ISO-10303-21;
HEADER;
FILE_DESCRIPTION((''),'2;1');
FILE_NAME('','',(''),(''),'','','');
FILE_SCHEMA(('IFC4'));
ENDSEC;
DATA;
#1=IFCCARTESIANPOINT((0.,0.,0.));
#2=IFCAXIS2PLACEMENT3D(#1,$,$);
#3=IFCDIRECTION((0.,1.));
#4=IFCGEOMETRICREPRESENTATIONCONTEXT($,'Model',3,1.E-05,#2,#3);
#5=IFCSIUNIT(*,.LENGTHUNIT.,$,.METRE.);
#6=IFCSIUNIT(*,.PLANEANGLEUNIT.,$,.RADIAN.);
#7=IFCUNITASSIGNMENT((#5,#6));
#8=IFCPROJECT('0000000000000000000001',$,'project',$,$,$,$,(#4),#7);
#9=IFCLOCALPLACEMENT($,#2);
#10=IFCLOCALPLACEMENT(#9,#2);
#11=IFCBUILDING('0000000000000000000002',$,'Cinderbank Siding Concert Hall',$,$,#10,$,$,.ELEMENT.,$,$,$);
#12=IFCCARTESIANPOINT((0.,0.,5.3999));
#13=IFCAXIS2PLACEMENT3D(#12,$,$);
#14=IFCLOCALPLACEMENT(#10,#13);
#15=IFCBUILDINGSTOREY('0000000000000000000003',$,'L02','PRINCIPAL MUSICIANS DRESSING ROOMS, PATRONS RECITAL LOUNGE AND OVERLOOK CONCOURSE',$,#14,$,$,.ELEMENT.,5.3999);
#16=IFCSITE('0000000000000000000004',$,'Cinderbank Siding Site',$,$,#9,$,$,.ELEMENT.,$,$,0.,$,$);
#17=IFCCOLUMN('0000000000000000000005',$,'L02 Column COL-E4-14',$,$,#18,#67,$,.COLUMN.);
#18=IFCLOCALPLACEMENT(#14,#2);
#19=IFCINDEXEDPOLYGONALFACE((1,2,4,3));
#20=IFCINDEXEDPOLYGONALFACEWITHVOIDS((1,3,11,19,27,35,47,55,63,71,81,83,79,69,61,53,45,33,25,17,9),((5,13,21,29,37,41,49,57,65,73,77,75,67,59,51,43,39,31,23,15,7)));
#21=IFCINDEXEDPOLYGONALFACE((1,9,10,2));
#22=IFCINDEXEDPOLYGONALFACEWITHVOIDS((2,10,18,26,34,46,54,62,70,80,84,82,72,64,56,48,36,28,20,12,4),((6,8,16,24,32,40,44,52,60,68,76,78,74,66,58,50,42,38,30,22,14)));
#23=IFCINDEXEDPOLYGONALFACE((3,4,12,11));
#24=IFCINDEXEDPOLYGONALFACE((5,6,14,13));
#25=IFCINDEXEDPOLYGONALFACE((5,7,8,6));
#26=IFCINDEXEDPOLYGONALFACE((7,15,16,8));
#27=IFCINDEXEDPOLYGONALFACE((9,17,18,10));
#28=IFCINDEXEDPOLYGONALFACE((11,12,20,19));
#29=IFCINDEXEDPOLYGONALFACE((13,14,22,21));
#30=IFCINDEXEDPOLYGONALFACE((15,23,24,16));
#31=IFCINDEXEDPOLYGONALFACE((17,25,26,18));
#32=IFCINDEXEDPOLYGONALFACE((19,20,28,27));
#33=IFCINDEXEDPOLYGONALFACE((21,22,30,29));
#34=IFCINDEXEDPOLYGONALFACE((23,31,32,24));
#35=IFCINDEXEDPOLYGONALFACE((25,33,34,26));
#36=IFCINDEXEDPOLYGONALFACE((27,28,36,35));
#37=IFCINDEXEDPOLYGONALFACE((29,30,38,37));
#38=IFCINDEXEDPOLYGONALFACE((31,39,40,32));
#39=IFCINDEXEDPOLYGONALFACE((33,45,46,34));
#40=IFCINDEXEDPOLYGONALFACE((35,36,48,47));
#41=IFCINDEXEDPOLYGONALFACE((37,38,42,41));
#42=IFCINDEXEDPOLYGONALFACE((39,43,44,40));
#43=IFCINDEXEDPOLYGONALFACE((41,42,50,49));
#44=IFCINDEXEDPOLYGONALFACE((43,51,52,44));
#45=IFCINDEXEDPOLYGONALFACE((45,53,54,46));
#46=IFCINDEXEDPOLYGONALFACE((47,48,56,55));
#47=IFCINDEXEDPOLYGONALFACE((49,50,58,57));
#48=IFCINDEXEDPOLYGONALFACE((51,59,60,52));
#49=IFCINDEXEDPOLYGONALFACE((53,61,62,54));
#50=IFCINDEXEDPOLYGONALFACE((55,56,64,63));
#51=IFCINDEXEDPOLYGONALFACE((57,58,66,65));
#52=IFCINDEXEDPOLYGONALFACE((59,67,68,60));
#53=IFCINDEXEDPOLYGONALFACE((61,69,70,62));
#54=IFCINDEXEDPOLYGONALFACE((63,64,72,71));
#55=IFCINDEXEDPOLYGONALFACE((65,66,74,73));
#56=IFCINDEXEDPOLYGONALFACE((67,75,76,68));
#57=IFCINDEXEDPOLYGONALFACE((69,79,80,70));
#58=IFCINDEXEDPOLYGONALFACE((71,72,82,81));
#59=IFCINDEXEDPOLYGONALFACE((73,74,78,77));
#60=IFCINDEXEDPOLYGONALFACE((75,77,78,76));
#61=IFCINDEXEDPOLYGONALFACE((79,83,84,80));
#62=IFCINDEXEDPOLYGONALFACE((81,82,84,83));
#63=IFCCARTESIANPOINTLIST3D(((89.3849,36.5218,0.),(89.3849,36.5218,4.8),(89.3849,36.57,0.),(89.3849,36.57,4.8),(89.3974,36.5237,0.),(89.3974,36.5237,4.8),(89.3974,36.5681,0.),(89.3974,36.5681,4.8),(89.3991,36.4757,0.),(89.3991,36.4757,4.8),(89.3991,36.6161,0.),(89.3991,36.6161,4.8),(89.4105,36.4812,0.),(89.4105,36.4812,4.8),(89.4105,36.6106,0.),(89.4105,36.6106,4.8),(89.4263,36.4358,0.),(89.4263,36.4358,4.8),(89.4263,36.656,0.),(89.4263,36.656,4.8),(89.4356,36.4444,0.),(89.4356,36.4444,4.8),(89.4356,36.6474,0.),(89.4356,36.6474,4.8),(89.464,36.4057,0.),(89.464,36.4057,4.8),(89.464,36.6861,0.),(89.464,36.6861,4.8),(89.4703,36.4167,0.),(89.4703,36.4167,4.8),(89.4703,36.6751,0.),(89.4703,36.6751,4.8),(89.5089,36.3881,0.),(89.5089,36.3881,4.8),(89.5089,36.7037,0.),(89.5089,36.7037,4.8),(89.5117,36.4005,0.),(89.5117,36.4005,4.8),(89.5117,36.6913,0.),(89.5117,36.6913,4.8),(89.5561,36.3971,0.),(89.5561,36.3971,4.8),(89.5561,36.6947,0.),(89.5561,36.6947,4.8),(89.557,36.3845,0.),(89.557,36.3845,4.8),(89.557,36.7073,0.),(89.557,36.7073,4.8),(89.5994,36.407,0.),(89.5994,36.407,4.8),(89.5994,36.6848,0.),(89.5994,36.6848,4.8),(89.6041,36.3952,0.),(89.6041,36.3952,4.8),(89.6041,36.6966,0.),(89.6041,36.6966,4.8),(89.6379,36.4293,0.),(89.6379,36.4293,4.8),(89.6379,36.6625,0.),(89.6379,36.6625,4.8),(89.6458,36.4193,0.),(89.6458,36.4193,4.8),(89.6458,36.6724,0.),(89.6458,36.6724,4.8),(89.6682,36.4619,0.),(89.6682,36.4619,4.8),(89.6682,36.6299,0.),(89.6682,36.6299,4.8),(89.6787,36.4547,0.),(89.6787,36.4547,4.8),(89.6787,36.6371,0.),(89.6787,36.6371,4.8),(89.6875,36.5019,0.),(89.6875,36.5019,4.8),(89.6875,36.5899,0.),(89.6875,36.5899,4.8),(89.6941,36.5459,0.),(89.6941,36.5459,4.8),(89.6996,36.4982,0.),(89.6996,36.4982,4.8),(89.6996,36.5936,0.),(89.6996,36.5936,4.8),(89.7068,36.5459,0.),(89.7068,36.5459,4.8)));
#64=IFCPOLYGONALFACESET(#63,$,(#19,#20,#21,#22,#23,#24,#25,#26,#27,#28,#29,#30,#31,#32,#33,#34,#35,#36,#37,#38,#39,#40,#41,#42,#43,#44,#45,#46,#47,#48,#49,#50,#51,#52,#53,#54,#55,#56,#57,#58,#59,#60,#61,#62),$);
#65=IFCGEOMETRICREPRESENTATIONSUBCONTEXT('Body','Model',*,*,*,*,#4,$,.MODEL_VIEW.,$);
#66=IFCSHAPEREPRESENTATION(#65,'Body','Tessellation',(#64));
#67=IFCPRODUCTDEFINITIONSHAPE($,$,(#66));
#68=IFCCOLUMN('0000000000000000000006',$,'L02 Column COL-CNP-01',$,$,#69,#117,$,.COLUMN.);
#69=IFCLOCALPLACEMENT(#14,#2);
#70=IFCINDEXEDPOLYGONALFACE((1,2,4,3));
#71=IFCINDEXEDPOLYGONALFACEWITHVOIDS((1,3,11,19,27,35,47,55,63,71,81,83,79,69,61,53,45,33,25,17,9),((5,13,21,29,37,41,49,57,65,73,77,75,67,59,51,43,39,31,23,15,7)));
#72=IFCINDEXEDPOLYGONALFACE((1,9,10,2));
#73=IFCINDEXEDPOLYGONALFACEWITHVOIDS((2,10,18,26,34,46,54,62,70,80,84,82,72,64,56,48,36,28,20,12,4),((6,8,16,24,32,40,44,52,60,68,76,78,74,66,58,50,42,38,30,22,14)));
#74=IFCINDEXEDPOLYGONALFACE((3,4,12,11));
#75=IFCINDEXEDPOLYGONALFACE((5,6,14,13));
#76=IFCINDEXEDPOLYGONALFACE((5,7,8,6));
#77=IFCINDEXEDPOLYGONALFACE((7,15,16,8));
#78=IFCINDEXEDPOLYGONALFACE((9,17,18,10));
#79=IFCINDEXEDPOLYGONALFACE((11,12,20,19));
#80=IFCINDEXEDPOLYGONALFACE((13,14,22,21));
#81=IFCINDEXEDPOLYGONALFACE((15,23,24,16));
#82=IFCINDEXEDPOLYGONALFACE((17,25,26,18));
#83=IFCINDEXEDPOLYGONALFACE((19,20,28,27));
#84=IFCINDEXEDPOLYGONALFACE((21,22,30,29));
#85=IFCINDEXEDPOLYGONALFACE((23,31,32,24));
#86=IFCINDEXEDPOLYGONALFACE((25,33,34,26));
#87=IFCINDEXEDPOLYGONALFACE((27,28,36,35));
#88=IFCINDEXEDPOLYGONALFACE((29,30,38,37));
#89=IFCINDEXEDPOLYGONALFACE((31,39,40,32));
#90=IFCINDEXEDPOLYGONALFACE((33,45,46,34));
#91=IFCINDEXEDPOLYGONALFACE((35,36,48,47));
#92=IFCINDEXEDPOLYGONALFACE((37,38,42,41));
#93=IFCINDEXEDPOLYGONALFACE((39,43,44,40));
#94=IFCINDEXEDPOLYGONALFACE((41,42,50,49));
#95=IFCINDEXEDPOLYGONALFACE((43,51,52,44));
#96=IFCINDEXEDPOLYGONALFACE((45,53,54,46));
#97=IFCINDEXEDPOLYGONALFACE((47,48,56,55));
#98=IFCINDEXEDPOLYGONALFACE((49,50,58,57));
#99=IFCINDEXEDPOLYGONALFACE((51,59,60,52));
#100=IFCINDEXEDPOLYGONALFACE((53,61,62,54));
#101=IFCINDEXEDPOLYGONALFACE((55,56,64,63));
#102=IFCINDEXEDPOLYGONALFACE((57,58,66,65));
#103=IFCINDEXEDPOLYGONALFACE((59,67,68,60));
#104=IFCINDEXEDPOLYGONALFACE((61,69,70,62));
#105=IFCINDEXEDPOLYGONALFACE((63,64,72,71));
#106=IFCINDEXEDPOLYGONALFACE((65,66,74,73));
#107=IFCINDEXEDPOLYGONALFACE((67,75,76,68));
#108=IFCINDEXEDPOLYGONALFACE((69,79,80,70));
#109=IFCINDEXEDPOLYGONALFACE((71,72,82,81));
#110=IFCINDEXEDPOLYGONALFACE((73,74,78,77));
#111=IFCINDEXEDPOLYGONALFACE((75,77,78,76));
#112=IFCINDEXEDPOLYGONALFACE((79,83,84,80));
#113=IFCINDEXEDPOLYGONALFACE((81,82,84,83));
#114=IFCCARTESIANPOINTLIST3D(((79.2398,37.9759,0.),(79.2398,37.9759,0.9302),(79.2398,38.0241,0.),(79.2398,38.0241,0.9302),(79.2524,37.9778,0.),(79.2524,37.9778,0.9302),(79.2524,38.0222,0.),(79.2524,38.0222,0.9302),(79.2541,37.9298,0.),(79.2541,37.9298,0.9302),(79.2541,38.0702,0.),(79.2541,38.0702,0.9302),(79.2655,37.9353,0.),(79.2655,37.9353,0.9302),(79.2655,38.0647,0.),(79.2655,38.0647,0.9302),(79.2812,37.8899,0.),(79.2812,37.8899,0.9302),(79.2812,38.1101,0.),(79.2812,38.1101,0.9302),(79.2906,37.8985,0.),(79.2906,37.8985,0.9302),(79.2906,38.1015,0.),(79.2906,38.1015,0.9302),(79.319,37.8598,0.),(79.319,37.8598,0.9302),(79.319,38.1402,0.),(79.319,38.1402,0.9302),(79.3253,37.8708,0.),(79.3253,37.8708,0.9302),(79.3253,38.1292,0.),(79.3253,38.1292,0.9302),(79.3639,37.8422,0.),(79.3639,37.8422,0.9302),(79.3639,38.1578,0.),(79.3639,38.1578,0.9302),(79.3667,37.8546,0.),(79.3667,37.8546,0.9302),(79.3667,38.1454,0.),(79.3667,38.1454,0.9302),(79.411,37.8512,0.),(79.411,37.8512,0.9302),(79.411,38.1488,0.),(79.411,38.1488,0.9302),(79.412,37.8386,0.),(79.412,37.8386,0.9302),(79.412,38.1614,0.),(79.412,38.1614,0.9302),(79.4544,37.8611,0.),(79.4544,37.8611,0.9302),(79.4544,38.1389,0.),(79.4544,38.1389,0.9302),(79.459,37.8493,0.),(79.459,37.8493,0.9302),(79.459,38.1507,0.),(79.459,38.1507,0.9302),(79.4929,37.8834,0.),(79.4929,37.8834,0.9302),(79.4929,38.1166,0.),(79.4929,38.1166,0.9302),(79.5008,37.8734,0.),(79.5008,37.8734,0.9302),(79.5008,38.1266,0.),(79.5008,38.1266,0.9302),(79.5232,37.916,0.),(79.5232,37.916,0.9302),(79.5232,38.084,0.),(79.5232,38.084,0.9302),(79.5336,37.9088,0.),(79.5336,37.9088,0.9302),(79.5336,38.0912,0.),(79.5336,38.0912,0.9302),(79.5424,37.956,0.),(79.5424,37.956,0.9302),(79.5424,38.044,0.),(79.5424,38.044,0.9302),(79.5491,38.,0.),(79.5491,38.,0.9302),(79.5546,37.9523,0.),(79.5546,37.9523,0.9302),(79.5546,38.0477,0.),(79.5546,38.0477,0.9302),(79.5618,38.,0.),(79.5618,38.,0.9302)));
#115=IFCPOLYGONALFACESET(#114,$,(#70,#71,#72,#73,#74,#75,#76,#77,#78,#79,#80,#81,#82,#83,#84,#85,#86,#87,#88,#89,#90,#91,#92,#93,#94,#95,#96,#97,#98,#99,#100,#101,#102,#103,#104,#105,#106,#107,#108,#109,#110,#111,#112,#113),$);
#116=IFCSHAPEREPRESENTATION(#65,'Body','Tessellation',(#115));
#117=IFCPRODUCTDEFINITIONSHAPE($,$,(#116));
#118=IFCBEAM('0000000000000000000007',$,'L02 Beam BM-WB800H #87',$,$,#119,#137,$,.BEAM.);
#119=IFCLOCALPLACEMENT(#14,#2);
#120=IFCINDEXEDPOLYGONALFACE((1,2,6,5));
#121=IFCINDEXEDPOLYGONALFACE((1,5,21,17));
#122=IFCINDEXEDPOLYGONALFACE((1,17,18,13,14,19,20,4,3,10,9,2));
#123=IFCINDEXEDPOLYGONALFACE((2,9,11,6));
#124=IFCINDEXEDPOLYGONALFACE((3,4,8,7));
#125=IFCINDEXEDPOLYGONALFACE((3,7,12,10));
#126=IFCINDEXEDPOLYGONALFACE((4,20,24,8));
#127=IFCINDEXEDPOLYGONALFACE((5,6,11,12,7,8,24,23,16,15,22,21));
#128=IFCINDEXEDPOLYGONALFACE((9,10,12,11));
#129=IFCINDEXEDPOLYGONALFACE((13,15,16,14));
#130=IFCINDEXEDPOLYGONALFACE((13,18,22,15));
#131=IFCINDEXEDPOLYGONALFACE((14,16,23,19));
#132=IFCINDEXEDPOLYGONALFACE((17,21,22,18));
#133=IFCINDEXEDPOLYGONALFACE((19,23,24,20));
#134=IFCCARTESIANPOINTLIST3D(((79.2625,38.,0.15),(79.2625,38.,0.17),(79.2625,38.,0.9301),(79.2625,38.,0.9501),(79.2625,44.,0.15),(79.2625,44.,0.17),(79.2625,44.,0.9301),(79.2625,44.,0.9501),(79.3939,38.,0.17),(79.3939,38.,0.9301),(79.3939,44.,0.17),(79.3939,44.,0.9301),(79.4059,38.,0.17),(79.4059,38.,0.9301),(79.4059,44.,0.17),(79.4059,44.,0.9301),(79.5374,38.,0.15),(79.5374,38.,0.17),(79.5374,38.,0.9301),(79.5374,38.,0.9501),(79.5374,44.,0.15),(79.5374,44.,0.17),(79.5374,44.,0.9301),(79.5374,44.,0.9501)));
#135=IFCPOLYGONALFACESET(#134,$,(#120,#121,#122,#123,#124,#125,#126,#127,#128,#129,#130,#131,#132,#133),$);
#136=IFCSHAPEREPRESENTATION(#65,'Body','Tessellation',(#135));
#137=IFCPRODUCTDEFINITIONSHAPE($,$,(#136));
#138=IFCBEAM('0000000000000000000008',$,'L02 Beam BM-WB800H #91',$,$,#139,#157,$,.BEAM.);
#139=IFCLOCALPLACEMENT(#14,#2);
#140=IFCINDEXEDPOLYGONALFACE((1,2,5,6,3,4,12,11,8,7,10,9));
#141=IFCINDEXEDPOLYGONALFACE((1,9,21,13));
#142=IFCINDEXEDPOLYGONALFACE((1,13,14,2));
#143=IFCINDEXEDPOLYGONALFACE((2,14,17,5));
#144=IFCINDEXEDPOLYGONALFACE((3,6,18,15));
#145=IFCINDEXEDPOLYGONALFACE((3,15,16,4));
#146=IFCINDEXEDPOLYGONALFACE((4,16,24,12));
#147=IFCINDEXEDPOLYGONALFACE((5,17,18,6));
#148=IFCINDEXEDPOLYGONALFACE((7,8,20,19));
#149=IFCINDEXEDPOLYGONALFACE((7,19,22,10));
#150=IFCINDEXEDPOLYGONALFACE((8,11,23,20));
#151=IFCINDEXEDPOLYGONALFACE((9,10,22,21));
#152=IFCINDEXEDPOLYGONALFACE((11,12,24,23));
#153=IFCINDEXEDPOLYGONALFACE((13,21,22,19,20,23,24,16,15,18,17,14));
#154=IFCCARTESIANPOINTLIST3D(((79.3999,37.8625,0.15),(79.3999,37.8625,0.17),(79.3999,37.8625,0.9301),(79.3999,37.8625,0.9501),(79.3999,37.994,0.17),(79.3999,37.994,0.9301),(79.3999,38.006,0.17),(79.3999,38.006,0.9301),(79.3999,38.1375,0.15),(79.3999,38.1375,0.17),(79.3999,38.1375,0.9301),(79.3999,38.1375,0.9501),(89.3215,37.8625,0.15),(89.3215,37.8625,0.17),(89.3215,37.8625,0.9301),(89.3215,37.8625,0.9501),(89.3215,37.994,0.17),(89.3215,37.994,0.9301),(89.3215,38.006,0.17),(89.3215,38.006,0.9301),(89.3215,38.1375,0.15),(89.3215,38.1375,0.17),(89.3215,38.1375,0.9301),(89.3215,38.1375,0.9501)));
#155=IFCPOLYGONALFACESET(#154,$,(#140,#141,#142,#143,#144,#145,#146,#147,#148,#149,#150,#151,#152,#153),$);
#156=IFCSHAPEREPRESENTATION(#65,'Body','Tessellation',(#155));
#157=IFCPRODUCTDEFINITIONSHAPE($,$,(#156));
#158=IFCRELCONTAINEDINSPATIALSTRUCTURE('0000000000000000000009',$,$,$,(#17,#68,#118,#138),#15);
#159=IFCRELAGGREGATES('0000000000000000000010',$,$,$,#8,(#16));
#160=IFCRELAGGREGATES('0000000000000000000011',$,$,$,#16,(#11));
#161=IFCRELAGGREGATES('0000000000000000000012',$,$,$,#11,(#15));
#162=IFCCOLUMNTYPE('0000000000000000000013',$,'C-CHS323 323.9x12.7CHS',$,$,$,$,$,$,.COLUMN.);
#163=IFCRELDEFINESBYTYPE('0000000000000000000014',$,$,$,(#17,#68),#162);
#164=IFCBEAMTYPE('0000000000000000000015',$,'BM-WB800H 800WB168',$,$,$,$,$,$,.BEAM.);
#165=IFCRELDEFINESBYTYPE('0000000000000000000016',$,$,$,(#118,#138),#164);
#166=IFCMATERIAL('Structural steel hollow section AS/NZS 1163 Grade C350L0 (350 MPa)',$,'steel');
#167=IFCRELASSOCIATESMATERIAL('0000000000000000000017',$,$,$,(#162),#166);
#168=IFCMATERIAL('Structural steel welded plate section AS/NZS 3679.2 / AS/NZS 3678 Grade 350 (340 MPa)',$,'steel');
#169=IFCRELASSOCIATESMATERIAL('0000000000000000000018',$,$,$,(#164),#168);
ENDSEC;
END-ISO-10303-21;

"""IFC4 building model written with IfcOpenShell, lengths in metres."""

from ifc_helpers import new_model, si_unit, direction, frame, origin, origin_2d, place, context, subcontext, project, spatial, hollow_circle, i_section, extrude, material, material_profile, profile_set, type_object, element, save


model = new_model("IFC4")

# Units and contexts
model_context = context("Model", 3, precision=1e-05, world=origin(), true_north=direction((0.0, 1.0)))
body_context = subcontext(model_context, "Body", "Model", "MODEL_VIEW")
ifc_project = project(units=[si_unit("LENGTHUNIT", "METRE"), si_unit("PLANEANGLEUNIT", "RADIAN")], contexts=[model_context])

# Site, building, storey
site_placement = place(None, origin())
site = spatial("IfcSite", under=ifc_project, at=site_placement, Name="Cinderbank Siding Site", CompositionType="ELEMENT", RefElevation=0.0)
building_placement = place(site_placement, origin())
building = spatial("IfcBuilding", under=site, at=building_placement, Name="Cinderbank Siding Concert Hall", CompositionType="ELEMENT")
storey_placement = place(building_placement, frame((0.0, 0.0, 5.3999)))
storey = spatial("IfcBuildingStorey", under=building, at=storey_placement, Name="L02", Description="PRINCIPAL MUSICIANS DRESSING ROOMS, PATRONS RECITAL LOUNGE AND OVERLOOK CONCOURSE", CompositionType="ELEMENT", Elevation=5.3999)

# Columns
ifc_material_1 = material(Name="Structural steel hollow section AS/NZS 1163 Grade C350L0 (350 MPa)", Category="steel")
ifc_material_profile_1 = material_profile(ifc_material_1, hollow_circle(Radius=0.1619, WallThickness=0.0127, at=origin_2d()), Name="323.9x12.7CHS", Category="LoadBearing")
ifc_profile_set_1 = profile_set([ifc_material_profile_1], Name="Structural steel hollow section AS/NZS 1163 Grade C350L0 (350 MPa)")
column_type = type_object("IfcColumnType", Name="C-CHS323 323.9x12.7CHS", PredefinedType="COLUMN", material=ifc_profile_set_1)
column_1_placement = place(storey_placement, frame((89.5449, 36.5459, 0.0), z_axis=(0.0, 0.0, 1.0), x_axis=(1.0, 0.0, 0.0)))
element("IfcColumn", 1, at=column_1_placement, inside=storey, type_object=column_type, Name="L02 Column COL-E4-14", PredefinedType="COLUMN", context=body_context, shape_type="SweptSolid", body=[
    extrude(hollow_circle(Radius=0.1619, WallThickness=0.0127, at=origin_2d()), origin(), (0.0, 0.0, 1.0), 4.8),
])
column_2_placement = place(storey_placement, frame((79.3999, 38.0, 0.0), z_axis=(0.0, 0.0, 1.0), x_axis=(1.0, 0.0, 0.0)))
element("IfcColumn", 2, at=column_2_placement, inside=storey, type_object=column_type, Name="L02 Column COL-CNP-01", PredefinedType="COLUMN", context=body_context, shape_type="SweptSolid", body=[
    extrude(hollow_circle(Radius=0.1619, WallThickness=0.0127, at=origin_2d()), origin(), (0.0, 0.0, 1.0), 0.9302),
])

# Beams
ifc_material_2 = material(Name="Structural steel welded plate section AS/NZS 3679.2 / AS/NZS 3678 Grade 350 (340 MPa)", Category="steel")
ifc_material_profile_2 = material_profile(ifc_material_2, i_section(OverallWidth=0.2749, OverallDepth=0.8, WebThickness=0.012, FlangeThickness=0.02, at=origin_2d()), Name="800WB168", Category="LoadBearing")
ifc_profile_set_2 = profile_set([ifc_material_profile_2], Name="Structural steel welded plate section AS/NZS 3679.2 / AS/NZS 3678 Grade 350 (340 MPa)")
beam_type_1 = type_object("IfcBeamType", Name="BM-WB800H 800WB168", PredefinedType="BEAM", material=ifc_profile_set_2)
beam_1_placement = place(storey_placement, frame((79.3999, 38.0, 0.55), z_axis=(0.0, 1.0, 0.0), x_axis=(-1.0, 0.0, 0.0)))
element("IfcBeam", 3, at=beam_1_placement, inside=storey, type_object=beam_type_1, Name="L02 Beam BM-WB800H #87", PredefinedType="BEAM", context=body_context, shape_type="SweptSolid", body=[
    extrude(i_section(OverallWidth=0.2749, OverallDepth=0.8, WebThickness=0.012, FlangeThickness=0.02, at=origin_2d()), origin(), (0.0, 0.0, 1.0), 6.0),
])
beam_2_placement = place(storey_placement, frame((89.3215, 38.0, 0.55), z_axis=(-1.0, 0.0, 0.0), x_axis=(0.0, -1.0, 0.0)))
element("IfcBeam", 4, at=beam_2_placement, inside=storey, type_object=beam_type_1, Name="L02 Beam BM-WB800H #91", PredefinedType="BEAM", context=body_context, shape_type="SweptSolid", body=[
    extrude(i_section(OverallWidth=0.2749, OverallDepth=0.8, WebThickness=0.012, FlangeThickness=0.02, at=origin_2d()), origin(), (0.0, 0.0, 1.0), 9.9216),
])

save(model, "model.ifc")
